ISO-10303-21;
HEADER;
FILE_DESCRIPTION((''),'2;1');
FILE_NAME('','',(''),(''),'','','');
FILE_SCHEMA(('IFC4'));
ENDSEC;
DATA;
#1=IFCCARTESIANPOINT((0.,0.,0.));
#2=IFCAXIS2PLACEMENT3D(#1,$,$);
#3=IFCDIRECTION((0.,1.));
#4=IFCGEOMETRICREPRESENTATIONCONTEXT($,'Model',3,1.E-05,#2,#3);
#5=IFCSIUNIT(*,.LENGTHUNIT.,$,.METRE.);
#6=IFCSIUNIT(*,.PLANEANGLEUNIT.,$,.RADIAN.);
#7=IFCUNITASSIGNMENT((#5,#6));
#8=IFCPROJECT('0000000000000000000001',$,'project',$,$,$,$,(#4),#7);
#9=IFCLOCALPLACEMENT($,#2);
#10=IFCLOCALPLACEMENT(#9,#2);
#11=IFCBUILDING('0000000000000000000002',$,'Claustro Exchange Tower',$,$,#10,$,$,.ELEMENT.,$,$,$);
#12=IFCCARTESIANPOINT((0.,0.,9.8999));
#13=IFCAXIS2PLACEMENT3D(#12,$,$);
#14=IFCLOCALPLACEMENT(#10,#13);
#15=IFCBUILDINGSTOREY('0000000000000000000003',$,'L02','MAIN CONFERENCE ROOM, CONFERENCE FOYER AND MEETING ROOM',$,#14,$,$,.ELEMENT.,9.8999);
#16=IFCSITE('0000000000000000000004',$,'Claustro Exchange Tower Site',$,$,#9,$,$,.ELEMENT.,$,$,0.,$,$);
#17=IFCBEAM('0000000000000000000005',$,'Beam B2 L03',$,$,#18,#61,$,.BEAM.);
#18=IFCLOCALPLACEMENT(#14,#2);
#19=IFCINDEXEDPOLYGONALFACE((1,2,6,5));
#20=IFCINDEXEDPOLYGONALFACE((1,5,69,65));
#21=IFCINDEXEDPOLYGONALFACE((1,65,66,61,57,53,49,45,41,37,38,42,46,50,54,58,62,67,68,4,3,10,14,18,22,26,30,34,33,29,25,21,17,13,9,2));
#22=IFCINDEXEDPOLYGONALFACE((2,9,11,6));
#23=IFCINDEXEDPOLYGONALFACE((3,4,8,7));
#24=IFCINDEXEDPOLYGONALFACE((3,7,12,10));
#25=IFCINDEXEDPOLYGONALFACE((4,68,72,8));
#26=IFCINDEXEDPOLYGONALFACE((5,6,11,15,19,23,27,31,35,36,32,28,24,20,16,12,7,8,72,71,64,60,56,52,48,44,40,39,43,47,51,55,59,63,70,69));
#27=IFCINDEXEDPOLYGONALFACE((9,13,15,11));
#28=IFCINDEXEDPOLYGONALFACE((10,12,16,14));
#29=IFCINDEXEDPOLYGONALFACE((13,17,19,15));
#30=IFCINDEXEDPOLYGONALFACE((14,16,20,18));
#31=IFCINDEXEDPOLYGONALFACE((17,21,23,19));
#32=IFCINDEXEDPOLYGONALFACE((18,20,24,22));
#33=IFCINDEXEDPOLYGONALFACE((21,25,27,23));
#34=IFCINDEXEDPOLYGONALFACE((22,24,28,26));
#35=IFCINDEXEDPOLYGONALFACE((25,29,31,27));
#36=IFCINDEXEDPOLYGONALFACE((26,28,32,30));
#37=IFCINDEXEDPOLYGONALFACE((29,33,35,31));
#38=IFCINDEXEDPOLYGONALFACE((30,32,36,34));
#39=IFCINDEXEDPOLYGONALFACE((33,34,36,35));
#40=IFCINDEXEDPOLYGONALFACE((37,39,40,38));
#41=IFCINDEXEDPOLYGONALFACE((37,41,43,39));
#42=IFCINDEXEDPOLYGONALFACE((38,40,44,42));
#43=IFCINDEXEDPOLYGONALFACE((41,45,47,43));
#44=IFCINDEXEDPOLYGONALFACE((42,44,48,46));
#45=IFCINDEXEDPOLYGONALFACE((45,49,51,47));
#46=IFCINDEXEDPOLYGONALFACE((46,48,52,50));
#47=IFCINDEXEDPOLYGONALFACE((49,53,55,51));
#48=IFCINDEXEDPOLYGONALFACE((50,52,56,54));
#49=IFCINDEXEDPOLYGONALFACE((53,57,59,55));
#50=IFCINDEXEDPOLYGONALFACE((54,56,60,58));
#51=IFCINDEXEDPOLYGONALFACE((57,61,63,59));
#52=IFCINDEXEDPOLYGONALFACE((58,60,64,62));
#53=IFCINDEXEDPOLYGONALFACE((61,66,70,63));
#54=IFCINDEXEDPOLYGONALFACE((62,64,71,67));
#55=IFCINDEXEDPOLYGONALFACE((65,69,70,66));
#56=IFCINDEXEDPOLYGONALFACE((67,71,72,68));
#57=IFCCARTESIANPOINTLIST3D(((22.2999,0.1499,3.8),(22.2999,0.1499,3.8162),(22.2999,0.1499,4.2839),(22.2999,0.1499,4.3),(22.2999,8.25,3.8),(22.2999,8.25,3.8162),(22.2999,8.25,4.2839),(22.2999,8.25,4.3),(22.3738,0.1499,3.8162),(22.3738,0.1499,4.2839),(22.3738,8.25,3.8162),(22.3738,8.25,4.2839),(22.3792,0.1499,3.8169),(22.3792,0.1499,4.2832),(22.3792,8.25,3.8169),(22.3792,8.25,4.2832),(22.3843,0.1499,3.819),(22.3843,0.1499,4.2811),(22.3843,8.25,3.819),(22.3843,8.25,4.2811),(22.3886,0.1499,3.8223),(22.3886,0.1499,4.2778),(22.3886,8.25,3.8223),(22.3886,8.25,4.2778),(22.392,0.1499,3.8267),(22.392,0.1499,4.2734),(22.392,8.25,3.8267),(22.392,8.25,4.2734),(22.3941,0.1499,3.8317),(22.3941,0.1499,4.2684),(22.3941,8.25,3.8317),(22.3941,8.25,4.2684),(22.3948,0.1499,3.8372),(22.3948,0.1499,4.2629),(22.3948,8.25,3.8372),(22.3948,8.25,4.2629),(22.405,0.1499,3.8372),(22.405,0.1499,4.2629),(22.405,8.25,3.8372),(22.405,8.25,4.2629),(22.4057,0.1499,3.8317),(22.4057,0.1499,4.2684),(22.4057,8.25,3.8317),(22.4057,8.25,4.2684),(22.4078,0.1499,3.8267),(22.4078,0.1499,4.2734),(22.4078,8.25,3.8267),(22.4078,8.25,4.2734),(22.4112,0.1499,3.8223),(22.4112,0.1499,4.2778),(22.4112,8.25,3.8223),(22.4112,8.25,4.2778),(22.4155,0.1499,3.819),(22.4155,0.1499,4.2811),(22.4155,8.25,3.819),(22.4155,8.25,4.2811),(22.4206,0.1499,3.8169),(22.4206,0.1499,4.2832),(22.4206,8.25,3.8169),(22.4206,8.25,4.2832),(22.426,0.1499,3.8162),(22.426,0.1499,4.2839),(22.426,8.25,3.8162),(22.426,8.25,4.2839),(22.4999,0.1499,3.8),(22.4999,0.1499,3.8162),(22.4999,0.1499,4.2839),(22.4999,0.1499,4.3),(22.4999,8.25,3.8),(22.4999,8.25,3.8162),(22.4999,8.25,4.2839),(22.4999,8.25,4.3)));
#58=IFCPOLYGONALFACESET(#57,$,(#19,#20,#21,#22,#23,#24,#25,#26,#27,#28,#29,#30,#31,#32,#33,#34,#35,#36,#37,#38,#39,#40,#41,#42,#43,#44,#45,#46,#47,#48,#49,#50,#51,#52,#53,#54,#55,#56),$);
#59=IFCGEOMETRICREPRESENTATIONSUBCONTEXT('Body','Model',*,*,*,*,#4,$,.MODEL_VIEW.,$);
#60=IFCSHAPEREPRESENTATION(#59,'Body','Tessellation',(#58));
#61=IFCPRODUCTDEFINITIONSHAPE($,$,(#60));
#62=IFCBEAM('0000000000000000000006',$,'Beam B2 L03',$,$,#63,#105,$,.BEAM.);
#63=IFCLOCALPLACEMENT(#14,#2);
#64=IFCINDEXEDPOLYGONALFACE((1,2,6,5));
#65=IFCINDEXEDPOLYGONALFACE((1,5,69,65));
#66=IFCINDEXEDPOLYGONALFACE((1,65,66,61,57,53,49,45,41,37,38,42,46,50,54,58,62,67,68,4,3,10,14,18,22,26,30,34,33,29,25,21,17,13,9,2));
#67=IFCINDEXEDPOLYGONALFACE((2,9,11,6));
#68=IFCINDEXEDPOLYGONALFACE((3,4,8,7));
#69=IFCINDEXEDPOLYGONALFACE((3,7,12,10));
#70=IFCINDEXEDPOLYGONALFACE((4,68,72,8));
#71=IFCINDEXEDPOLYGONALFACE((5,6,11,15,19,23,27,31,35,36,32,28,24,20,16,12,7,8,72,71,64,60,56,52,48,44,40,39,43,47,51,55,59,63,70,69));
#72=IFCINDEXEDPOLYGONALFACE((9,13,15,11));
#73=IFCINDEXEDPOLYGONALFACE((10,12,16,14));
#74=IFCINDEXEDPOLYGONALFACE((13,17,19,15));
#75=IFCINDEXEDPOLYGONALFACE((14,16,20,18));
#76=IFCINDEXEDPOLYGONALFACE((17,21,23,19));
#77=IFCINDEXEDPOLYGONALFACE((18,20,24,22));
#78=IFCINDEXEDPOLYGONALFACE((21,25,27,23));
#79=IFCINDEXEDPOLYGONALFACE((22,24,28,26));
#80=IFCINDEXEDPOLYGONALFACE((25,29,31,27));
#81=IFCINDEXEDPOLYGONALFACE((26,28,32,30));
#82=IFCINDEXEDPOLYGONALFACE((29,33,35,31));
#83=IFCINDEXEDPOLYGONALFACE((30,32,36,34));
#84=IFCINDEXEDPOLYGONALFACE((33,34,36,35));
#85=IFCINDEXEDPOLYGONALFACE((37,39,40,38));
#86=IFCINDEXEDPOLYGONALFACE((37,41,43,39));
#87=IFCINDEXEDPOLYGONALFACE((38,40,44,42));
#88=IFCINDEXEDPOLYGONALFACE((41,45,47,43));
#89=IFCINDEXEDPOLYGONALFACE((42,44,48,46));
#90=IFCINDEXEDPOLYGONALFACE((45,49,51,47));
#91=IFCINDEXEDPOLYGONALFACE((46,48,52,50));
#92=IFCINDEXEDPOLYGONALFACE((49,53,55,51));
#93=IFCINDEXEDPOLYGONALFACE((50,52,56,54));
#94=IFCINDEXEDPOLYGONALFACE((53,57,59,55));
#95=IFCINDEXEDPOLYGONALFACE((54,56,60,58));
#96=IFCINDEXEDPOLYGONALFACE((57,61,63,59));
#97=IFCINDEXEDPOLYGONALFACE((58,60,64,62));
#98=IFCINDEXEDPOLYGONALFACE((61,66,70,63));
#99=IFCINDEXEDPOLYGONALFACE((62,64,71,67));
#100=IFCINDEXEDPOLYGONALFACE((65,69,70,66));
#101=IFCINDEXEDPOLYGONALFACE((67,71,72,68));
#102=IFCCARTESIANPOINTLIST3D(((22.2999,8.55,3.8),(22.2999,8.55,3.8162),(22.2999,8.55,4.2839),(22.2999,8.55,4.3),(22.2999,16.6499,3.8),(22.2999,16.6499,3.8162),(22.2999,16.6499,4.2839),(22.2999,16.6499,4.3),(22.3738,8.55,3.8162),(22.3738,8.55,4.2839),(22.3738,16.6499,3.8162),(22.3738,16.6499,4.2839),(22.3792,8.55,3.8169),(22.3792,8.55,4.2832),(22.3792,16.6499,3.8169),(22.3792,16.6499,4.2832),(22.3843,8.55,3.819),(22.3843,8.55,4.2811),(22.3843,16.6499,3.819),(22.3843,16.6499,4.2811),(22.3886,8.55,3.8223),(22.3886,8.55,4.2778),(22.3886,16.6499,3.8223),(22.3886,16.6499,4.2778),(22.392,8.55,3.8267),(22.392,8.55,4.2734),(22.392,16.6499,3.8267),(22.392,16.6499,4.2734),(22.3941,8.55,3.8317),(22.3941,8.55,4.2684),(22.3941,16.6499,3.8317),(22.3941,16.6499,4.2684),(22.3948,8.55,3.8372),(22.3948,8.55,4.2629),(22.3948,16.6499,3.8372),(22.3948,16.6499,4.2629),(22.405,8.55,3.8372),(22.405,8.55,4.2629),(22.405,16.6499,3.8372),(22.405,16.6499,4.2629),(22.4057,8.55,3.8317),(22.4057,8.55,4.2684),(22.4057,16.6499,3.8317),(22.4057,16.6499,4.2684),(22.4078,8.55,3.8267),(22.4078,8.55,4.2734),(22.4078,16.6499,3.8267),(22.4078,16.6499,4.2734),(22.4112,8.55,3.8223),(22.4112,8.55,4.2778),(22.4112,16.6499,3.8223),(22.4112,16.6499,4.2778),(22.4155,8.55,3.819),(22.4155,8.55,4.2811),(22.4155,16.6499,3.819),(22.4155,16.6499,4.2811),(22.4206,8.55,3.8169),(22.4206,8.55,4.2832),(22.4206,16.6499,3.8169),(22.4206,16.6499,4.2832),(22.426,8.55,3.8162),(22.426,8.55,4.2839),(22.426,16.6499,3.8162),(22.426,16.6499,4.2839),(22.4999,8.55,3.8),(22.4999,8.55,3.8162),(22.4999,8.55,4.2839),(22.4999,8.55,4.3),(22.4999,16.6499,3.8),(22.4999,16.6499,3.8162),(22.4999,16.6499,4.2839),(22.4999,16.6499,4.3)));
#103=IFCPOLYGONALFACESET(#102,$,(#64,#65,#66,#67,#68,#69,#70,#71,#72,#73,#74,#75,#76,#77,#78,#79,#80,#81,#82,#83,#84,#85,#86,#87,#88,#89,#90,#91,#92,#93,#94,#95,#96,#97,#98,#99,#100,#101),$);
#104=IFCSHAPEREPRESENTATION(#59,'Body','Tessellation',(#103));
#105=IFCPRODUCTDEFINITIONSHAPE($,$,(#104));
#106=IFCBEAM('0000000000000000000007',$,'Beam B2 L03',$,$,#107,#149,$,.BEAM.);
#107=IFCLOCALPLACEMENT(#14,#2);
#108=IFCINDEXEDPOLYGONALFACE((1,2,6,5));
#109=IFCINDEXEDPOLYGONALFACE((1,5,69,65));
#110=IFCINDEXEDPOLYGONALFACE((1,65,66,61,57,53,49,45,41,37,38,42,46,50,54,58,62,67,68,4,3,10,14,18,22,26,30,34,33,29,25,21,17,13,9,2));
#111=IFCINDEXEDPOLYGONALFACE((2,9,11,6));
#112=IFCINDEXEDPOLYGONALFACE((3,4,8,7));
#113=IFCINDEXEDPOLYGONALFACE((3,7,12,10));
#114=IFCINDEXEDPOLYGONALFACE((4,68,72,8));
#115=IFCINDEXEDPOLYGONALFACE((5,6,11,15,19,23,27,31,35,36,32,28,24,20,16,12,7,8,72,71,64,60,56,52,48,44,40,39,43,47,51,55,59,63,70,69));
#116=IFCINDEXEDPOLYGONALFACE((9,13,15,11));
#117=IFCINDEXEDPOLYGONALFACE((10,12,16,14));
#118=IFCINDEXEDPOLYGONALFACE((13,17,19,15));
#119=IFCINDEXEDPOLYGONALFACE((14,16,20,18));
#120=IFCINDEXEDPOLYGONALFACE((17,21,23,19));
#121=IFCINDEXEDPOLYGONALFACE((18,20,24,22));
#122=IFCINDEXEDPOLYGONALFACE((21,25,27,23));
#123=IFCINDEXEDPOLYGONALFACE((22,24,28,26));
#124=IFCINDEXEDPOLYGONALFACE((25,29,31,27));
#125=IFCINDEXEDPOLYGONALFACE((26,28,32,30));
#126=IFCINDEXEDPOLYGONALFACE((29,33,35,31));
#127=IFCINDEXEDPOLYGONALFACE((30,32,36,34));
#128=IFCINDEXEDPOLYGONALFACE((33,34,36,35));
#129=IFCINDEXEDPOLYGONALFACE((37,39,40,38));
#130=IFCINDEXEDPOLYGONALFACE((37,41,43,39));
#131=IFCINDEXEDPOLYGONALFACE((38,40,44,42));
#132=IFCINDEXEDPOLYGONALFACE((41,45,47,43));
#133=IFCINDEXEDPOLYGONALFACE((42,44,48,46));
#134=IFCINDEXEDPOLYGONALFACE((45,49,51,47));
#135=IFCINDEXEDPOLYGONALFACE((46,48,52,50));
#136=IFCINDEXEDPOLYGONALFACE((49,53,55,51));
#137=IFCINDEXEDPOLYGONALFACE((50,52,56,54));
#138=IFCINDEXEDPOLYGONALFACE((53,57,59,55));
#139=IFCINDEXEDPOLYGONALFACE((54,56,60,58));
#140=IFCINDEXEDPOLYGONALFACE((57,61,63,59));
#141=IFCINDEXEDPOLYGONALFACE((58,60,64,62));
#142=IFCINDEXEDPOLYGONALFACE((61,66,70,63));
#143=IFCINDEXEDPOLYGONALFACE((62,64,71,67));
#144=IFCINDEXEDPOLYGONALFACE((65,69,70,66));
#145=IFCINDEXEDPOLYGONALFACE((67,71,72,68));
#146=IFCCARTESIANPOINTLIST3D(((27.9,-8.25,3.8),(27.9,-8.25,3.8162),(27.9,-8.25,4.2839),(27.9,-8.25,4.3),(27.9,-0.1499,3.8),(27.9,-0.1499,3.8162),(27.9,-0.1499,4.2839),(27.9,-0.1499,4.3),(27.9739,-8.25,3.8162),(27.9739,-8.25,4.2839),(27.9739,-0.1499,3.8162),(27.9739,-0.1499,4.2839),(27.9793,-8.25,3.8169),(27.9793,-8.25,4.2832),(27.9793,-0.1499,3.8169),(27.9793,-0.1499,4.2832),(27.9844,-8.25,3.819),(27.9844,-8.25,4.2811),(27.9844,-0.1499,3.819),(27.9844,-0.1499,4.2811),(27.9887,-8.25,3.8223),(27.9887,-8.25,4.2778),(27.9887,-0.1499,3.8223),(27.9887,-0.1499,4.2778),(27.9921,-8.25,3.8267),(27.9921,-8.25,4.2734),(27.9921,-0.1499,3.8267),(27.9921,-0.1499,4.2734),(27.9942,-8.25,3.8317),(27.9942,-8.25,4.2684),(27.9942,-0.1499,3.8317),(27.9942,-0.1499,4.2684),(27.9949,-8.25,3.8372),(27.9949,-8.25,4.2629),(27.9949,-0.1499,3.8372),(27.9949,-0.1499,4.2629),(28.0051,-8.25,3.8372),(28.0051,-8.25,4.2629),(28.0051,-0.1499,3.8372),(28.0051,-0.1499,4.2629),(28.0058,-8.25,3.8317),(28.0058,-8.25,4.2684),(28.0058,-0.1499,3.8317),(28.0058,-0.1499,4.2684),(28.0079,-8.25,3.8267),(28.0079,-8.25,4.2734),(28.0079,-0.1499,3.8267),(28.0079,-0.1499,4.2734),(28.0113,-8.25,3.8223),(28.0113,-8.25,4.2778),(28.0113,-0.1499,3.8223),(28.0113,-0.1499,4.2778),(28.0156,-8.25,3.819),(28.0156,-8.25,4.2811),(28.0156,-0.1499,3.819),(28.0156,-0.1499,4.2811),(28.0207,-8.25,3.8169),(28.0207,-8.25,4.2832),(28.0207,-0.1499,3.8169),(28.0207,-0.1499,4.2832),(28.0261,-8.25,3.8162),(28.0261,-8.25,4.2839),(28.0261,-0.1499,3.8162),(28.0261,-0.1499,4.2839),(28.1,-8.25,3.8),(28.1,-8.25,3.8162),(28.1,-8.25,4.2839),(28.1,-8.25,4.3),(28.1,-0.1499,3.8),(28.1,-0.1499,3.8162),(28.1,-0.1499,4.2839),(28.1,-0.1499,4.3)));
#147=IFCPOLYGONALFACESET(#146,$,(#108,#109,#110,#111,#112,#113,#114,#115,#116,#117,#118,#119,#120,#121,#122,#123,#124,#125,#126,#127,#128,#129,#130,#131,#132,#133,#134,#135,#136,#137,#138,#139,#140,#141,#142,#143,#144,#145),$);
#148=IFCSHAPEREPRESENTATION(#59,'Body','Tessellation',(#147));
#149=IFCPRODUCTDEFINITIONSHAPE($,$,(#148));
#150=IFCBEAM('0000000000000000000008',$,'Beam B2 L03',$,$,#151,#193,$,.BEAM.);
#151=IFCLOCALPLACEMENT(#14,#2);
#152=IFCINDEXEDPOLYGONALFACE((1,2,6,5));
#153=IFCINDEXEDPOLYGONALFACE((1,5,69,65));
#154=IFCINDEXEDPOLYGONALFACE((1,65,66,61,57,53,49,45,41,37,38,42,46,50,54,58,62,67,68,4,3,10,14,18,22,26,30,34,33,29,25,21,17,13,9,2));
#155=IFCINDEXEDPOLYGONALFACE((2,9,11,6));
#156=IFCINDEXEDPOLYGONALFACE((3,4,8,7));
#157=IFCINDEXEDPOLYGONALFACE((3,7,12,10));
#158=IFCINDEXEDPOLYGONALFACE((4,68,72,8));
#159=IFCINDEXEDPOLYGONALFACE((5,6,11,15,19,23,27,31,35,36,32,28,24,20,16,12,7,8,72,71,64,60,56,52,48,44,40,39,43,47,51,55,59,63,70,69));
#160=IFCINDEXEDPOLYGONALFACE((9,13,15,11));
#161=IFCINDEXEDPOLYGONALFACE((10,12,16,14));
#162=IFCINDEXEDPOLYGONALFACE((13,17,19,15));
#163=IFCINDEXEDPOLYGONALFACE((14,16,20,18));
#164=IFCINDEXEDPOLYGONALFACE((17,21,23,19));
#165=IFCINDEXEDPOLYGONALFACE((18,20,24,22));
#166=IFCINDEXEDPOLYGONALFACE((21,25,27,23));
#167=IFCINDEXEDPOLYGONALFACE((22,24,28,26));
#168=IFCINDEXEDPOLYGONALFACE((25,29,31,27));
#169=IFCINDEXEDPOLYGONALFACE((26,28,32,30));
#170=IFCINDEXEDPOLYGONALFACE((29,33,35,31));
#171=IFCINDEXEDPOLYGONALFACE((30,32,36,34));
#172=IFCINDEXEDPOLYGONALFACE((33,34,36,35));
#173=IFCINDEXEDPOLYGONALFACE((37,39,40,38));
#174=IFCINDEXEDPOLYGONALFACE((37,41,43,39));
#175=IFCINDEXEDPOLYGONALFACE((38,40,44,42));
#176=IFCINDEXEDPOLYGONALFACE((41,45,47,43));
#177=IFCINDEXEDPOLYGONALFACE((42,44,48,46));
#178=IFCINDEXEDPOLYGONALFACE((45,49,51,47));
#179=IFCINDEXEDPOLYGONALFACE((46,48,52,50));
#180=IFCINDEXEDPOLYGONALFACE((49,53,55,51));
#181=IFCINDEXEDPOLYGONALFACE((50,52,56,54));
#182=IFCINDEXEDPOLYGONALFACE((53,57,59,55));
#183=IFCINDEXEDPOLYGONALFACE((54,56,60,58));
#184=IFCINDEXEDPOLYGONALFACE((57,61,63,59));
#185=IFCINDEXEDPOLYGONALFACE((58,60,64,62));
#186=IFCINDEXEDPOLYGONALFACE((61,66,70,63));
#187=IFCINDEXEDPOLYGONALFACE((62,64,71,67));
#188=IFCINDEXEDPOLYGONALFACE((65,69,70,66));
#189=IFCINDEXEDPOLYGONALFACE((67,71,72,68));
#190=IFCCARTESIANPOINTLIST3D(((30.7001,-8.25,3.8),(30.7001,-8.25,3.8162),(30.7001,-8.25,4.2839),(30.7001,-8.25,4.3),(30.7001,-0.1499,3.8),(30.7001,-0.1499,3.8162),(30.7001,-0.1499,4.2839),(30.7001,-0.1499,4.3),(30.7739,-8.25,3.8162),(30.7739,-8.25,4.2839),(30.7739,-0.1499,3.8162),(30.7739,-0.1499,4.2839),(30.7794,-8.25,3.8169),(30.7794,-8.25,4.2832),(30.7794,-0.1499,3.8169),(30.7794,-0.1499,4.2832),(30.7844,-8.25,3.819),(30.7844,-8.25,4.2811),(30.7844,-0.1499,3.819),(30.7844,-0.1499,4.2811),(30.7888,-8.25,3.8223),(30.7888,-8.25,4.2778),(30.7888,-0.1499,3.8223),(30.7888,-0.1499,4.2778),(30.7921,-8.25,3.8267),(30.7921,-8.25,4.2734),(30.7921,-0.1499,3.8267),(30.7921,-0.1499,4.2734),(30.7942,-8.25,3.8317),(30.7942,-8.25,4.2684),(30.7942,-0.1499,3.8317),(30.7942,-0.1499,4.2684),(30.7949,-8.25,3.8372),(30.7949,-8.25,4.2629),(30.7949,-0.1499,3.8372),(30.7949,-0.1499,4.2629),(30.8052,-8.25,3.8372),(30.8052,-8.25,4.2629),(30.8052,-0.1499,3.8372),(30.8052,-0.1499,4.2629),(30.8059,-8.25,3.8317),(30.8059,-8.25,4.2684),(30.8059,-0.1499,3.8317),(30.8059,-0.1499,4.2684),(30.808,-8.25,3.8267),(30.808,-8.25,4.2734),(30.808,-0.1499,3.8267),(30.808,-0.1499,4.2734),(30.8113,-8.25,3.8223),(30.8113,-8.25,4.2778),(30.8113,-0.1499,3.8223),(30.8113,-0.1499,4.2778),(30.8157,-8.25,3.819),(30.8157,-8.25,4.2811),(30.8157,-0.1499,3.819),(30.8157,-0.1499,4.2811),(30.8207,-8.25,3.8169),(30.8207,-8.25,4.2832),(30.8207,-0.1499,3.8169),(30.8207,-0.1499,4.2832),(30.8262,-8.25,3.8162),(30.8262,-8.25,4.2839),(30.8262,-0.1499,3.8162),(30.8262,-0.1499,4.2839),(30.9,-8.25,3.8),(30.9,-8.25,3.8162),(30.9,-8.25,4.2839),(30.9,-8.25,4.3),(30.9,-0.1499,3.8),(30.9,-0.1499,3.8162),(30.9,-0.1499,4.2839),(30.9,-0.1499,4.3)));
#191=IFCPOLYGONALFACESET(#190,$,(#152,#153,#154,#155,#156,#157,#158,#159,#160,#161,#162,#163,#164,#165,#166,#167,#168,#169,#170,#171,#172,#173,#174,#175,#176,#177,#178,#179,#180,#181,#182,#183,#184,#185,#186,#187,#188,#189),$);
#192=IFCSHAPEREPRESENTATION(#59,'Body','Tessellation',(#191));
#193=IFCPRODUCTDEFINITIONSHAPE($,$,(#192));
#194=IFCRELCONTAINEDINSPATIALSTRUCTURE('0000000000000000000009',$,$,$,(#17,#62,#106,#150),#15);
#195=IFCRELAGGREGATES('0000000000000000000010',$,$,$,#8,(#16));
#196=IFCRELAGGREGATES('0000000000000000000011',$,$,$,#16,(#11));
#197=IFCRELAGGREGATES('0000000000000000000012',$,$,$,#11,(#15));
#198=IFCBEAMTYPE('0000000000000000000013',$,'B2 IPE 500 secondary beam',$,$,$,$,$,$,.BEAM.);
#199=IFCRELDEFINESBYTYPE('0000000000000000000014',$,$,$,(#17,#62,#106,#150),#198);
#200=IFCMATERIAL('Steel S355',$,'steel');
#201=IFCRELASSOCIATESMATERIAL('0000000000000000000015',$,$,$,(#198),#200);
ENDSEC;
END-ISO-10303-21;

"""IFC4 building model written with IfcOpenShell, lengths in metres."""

from ifc_helpers import new_model, si_unit, direction, frame, origin, origin_2d, place, context, subcontext, project, spatial, i_section, extrude, material, material_profile, profile_set, type_object, element, save


model = new_model("IFC4")

# Units and contexts
model_context = context("Model", 3, precision=1e-05, world=origin(), true_north=direction((0.0, 1.0)))
body_context = subcontext(model_context, "Body", "Model", "MODEL_VIEW")
ifc_project = project(units=[si_unit("LENGTHUNIT", "METRE"), si_unit("PLANEANGLEUNIT", "RADIAN")], contexts=[model_context])

# Site, building, storey
site_placement = place(None, origin())
site = spatial("IfcSite", under=ifc_project, at=site_placement, Name="Claustro Exchange Tower Site", CompositionType="ELEMENT", RefElevation=0.0)
building_placement = place(site_placement, origin())
building = spatial("IfcBuilding", under=site, at=building_placement, Name="Claustro Exchange Tower", CompositionType="ELEMENT")
storey_placement = place(building_placement, frame((0.0, 0.0, 9.8999)))
storey = spatial("IfcBuildingStorey", under=building, at=storey_placement, Name="L02", Description="MAIN CONFERENCE ROOM, CONFERENCE FOYER AND MEETING ROOM", CompositionType="ELEMENT", Elevation=9.8999)

# Beams
ifc_material_1 = material(Name="Steel S355", Category="steel")
ifc_material_profile_1 = material_profile(ifc_material_1, i_section(OverallWidth=0.2, OverallDepth=0.5, WebThickness=0.0103, FlangeThickness=0.0161, FilletRadius=0.021, at=origin_2d()), Name="IPE 500")
ifc_profile_set_1 = profile_set([ifc_material_profile_1], Name="Steel S355")
beam_type_1 = type_object("IfcBeamType", Name="B2 IPE 500 secondary beam", PredefinedType="BEAM", material=ifc_profile_set_1)
for number, where, z_axis, x_axis, name in (
    (1, (22.3999, 0.1499, 4.05), (0.0, 1.0, 0.0), (-1.0, 0.0, 0.0), "Beam B2 L03"),
):
    element("IfcBeam", number, at=place(storey_placement, frame(where, z_axis=z_axis, x_axis=x_axis)), inside=storey, type_object=beam_type_1, Name=name, PredefinedType="BEAM", context=body_context, shape_type="SweptSolid", body=[
        extrude(i_section(OverallWidth=0.2, OverallDepth=0.5, WebThickness=0.0103, FlangeThickness=0.0161, FilletRadius=0.021, at=origin_2d()), origin(), (0.0, 0.0, 1.0), 8.1001),
    ])
beam_1_placement = place(storey_placement, frame((22.3999, 8.55, 4.05), z_axis=(0.0, 1.0, 0.0), x_axis=(-1.0, 0.0, 0.0)))
element("IfcBeam", 2, at=beam_1_placement, inside=storey, type_object=beam_type_1, Name="Beam B2 L03", PredefinedType="BEAM", context=body_context, shape_type="SweptSolid", body=[
    extrude(i_section(OverallWidth=0.2, OverallDepth=0.5, WebThickness=0.0103, FlangeThickness=0.0161, FilletRadius=0.021, at=origin_2d()), origin(), (0.0, 0.0, 1.0), 8.0999),
])
for number, where, z_axis, x_axis, name in (
    (3, (28.0, -8.25, 4.05), (0.0, 1.0, 0.0), (-1.0, 0.0, 0.0), "Beam B2 L03"),
    (4, (30.8, -8.25, 4.05), (0.0, 1.0, 0.0), (-1.0, 0.0, 0.0), "Beam B2 L03"),
):
    element("IfcBeam", number, at=place(storey_placement, frame(where, z_axis=z_axis, x_axis=x_axis)), inside=storey, type_object=beam_type_1, Name=name, PredefinedType="BEAM", context=body_context, shape_type="SweptSolid", body=[
        extrude(i_section(OverallWidth=0.2, OverallDepth=0.5, WebThickness=0.0103, FlangeThickness=0.0161, FilletRadius=0.021, at=origin_2d()), origin(), (0.0, 0.0, 1.0), 8.1001),
    ])

save(model, "model.ifc")
